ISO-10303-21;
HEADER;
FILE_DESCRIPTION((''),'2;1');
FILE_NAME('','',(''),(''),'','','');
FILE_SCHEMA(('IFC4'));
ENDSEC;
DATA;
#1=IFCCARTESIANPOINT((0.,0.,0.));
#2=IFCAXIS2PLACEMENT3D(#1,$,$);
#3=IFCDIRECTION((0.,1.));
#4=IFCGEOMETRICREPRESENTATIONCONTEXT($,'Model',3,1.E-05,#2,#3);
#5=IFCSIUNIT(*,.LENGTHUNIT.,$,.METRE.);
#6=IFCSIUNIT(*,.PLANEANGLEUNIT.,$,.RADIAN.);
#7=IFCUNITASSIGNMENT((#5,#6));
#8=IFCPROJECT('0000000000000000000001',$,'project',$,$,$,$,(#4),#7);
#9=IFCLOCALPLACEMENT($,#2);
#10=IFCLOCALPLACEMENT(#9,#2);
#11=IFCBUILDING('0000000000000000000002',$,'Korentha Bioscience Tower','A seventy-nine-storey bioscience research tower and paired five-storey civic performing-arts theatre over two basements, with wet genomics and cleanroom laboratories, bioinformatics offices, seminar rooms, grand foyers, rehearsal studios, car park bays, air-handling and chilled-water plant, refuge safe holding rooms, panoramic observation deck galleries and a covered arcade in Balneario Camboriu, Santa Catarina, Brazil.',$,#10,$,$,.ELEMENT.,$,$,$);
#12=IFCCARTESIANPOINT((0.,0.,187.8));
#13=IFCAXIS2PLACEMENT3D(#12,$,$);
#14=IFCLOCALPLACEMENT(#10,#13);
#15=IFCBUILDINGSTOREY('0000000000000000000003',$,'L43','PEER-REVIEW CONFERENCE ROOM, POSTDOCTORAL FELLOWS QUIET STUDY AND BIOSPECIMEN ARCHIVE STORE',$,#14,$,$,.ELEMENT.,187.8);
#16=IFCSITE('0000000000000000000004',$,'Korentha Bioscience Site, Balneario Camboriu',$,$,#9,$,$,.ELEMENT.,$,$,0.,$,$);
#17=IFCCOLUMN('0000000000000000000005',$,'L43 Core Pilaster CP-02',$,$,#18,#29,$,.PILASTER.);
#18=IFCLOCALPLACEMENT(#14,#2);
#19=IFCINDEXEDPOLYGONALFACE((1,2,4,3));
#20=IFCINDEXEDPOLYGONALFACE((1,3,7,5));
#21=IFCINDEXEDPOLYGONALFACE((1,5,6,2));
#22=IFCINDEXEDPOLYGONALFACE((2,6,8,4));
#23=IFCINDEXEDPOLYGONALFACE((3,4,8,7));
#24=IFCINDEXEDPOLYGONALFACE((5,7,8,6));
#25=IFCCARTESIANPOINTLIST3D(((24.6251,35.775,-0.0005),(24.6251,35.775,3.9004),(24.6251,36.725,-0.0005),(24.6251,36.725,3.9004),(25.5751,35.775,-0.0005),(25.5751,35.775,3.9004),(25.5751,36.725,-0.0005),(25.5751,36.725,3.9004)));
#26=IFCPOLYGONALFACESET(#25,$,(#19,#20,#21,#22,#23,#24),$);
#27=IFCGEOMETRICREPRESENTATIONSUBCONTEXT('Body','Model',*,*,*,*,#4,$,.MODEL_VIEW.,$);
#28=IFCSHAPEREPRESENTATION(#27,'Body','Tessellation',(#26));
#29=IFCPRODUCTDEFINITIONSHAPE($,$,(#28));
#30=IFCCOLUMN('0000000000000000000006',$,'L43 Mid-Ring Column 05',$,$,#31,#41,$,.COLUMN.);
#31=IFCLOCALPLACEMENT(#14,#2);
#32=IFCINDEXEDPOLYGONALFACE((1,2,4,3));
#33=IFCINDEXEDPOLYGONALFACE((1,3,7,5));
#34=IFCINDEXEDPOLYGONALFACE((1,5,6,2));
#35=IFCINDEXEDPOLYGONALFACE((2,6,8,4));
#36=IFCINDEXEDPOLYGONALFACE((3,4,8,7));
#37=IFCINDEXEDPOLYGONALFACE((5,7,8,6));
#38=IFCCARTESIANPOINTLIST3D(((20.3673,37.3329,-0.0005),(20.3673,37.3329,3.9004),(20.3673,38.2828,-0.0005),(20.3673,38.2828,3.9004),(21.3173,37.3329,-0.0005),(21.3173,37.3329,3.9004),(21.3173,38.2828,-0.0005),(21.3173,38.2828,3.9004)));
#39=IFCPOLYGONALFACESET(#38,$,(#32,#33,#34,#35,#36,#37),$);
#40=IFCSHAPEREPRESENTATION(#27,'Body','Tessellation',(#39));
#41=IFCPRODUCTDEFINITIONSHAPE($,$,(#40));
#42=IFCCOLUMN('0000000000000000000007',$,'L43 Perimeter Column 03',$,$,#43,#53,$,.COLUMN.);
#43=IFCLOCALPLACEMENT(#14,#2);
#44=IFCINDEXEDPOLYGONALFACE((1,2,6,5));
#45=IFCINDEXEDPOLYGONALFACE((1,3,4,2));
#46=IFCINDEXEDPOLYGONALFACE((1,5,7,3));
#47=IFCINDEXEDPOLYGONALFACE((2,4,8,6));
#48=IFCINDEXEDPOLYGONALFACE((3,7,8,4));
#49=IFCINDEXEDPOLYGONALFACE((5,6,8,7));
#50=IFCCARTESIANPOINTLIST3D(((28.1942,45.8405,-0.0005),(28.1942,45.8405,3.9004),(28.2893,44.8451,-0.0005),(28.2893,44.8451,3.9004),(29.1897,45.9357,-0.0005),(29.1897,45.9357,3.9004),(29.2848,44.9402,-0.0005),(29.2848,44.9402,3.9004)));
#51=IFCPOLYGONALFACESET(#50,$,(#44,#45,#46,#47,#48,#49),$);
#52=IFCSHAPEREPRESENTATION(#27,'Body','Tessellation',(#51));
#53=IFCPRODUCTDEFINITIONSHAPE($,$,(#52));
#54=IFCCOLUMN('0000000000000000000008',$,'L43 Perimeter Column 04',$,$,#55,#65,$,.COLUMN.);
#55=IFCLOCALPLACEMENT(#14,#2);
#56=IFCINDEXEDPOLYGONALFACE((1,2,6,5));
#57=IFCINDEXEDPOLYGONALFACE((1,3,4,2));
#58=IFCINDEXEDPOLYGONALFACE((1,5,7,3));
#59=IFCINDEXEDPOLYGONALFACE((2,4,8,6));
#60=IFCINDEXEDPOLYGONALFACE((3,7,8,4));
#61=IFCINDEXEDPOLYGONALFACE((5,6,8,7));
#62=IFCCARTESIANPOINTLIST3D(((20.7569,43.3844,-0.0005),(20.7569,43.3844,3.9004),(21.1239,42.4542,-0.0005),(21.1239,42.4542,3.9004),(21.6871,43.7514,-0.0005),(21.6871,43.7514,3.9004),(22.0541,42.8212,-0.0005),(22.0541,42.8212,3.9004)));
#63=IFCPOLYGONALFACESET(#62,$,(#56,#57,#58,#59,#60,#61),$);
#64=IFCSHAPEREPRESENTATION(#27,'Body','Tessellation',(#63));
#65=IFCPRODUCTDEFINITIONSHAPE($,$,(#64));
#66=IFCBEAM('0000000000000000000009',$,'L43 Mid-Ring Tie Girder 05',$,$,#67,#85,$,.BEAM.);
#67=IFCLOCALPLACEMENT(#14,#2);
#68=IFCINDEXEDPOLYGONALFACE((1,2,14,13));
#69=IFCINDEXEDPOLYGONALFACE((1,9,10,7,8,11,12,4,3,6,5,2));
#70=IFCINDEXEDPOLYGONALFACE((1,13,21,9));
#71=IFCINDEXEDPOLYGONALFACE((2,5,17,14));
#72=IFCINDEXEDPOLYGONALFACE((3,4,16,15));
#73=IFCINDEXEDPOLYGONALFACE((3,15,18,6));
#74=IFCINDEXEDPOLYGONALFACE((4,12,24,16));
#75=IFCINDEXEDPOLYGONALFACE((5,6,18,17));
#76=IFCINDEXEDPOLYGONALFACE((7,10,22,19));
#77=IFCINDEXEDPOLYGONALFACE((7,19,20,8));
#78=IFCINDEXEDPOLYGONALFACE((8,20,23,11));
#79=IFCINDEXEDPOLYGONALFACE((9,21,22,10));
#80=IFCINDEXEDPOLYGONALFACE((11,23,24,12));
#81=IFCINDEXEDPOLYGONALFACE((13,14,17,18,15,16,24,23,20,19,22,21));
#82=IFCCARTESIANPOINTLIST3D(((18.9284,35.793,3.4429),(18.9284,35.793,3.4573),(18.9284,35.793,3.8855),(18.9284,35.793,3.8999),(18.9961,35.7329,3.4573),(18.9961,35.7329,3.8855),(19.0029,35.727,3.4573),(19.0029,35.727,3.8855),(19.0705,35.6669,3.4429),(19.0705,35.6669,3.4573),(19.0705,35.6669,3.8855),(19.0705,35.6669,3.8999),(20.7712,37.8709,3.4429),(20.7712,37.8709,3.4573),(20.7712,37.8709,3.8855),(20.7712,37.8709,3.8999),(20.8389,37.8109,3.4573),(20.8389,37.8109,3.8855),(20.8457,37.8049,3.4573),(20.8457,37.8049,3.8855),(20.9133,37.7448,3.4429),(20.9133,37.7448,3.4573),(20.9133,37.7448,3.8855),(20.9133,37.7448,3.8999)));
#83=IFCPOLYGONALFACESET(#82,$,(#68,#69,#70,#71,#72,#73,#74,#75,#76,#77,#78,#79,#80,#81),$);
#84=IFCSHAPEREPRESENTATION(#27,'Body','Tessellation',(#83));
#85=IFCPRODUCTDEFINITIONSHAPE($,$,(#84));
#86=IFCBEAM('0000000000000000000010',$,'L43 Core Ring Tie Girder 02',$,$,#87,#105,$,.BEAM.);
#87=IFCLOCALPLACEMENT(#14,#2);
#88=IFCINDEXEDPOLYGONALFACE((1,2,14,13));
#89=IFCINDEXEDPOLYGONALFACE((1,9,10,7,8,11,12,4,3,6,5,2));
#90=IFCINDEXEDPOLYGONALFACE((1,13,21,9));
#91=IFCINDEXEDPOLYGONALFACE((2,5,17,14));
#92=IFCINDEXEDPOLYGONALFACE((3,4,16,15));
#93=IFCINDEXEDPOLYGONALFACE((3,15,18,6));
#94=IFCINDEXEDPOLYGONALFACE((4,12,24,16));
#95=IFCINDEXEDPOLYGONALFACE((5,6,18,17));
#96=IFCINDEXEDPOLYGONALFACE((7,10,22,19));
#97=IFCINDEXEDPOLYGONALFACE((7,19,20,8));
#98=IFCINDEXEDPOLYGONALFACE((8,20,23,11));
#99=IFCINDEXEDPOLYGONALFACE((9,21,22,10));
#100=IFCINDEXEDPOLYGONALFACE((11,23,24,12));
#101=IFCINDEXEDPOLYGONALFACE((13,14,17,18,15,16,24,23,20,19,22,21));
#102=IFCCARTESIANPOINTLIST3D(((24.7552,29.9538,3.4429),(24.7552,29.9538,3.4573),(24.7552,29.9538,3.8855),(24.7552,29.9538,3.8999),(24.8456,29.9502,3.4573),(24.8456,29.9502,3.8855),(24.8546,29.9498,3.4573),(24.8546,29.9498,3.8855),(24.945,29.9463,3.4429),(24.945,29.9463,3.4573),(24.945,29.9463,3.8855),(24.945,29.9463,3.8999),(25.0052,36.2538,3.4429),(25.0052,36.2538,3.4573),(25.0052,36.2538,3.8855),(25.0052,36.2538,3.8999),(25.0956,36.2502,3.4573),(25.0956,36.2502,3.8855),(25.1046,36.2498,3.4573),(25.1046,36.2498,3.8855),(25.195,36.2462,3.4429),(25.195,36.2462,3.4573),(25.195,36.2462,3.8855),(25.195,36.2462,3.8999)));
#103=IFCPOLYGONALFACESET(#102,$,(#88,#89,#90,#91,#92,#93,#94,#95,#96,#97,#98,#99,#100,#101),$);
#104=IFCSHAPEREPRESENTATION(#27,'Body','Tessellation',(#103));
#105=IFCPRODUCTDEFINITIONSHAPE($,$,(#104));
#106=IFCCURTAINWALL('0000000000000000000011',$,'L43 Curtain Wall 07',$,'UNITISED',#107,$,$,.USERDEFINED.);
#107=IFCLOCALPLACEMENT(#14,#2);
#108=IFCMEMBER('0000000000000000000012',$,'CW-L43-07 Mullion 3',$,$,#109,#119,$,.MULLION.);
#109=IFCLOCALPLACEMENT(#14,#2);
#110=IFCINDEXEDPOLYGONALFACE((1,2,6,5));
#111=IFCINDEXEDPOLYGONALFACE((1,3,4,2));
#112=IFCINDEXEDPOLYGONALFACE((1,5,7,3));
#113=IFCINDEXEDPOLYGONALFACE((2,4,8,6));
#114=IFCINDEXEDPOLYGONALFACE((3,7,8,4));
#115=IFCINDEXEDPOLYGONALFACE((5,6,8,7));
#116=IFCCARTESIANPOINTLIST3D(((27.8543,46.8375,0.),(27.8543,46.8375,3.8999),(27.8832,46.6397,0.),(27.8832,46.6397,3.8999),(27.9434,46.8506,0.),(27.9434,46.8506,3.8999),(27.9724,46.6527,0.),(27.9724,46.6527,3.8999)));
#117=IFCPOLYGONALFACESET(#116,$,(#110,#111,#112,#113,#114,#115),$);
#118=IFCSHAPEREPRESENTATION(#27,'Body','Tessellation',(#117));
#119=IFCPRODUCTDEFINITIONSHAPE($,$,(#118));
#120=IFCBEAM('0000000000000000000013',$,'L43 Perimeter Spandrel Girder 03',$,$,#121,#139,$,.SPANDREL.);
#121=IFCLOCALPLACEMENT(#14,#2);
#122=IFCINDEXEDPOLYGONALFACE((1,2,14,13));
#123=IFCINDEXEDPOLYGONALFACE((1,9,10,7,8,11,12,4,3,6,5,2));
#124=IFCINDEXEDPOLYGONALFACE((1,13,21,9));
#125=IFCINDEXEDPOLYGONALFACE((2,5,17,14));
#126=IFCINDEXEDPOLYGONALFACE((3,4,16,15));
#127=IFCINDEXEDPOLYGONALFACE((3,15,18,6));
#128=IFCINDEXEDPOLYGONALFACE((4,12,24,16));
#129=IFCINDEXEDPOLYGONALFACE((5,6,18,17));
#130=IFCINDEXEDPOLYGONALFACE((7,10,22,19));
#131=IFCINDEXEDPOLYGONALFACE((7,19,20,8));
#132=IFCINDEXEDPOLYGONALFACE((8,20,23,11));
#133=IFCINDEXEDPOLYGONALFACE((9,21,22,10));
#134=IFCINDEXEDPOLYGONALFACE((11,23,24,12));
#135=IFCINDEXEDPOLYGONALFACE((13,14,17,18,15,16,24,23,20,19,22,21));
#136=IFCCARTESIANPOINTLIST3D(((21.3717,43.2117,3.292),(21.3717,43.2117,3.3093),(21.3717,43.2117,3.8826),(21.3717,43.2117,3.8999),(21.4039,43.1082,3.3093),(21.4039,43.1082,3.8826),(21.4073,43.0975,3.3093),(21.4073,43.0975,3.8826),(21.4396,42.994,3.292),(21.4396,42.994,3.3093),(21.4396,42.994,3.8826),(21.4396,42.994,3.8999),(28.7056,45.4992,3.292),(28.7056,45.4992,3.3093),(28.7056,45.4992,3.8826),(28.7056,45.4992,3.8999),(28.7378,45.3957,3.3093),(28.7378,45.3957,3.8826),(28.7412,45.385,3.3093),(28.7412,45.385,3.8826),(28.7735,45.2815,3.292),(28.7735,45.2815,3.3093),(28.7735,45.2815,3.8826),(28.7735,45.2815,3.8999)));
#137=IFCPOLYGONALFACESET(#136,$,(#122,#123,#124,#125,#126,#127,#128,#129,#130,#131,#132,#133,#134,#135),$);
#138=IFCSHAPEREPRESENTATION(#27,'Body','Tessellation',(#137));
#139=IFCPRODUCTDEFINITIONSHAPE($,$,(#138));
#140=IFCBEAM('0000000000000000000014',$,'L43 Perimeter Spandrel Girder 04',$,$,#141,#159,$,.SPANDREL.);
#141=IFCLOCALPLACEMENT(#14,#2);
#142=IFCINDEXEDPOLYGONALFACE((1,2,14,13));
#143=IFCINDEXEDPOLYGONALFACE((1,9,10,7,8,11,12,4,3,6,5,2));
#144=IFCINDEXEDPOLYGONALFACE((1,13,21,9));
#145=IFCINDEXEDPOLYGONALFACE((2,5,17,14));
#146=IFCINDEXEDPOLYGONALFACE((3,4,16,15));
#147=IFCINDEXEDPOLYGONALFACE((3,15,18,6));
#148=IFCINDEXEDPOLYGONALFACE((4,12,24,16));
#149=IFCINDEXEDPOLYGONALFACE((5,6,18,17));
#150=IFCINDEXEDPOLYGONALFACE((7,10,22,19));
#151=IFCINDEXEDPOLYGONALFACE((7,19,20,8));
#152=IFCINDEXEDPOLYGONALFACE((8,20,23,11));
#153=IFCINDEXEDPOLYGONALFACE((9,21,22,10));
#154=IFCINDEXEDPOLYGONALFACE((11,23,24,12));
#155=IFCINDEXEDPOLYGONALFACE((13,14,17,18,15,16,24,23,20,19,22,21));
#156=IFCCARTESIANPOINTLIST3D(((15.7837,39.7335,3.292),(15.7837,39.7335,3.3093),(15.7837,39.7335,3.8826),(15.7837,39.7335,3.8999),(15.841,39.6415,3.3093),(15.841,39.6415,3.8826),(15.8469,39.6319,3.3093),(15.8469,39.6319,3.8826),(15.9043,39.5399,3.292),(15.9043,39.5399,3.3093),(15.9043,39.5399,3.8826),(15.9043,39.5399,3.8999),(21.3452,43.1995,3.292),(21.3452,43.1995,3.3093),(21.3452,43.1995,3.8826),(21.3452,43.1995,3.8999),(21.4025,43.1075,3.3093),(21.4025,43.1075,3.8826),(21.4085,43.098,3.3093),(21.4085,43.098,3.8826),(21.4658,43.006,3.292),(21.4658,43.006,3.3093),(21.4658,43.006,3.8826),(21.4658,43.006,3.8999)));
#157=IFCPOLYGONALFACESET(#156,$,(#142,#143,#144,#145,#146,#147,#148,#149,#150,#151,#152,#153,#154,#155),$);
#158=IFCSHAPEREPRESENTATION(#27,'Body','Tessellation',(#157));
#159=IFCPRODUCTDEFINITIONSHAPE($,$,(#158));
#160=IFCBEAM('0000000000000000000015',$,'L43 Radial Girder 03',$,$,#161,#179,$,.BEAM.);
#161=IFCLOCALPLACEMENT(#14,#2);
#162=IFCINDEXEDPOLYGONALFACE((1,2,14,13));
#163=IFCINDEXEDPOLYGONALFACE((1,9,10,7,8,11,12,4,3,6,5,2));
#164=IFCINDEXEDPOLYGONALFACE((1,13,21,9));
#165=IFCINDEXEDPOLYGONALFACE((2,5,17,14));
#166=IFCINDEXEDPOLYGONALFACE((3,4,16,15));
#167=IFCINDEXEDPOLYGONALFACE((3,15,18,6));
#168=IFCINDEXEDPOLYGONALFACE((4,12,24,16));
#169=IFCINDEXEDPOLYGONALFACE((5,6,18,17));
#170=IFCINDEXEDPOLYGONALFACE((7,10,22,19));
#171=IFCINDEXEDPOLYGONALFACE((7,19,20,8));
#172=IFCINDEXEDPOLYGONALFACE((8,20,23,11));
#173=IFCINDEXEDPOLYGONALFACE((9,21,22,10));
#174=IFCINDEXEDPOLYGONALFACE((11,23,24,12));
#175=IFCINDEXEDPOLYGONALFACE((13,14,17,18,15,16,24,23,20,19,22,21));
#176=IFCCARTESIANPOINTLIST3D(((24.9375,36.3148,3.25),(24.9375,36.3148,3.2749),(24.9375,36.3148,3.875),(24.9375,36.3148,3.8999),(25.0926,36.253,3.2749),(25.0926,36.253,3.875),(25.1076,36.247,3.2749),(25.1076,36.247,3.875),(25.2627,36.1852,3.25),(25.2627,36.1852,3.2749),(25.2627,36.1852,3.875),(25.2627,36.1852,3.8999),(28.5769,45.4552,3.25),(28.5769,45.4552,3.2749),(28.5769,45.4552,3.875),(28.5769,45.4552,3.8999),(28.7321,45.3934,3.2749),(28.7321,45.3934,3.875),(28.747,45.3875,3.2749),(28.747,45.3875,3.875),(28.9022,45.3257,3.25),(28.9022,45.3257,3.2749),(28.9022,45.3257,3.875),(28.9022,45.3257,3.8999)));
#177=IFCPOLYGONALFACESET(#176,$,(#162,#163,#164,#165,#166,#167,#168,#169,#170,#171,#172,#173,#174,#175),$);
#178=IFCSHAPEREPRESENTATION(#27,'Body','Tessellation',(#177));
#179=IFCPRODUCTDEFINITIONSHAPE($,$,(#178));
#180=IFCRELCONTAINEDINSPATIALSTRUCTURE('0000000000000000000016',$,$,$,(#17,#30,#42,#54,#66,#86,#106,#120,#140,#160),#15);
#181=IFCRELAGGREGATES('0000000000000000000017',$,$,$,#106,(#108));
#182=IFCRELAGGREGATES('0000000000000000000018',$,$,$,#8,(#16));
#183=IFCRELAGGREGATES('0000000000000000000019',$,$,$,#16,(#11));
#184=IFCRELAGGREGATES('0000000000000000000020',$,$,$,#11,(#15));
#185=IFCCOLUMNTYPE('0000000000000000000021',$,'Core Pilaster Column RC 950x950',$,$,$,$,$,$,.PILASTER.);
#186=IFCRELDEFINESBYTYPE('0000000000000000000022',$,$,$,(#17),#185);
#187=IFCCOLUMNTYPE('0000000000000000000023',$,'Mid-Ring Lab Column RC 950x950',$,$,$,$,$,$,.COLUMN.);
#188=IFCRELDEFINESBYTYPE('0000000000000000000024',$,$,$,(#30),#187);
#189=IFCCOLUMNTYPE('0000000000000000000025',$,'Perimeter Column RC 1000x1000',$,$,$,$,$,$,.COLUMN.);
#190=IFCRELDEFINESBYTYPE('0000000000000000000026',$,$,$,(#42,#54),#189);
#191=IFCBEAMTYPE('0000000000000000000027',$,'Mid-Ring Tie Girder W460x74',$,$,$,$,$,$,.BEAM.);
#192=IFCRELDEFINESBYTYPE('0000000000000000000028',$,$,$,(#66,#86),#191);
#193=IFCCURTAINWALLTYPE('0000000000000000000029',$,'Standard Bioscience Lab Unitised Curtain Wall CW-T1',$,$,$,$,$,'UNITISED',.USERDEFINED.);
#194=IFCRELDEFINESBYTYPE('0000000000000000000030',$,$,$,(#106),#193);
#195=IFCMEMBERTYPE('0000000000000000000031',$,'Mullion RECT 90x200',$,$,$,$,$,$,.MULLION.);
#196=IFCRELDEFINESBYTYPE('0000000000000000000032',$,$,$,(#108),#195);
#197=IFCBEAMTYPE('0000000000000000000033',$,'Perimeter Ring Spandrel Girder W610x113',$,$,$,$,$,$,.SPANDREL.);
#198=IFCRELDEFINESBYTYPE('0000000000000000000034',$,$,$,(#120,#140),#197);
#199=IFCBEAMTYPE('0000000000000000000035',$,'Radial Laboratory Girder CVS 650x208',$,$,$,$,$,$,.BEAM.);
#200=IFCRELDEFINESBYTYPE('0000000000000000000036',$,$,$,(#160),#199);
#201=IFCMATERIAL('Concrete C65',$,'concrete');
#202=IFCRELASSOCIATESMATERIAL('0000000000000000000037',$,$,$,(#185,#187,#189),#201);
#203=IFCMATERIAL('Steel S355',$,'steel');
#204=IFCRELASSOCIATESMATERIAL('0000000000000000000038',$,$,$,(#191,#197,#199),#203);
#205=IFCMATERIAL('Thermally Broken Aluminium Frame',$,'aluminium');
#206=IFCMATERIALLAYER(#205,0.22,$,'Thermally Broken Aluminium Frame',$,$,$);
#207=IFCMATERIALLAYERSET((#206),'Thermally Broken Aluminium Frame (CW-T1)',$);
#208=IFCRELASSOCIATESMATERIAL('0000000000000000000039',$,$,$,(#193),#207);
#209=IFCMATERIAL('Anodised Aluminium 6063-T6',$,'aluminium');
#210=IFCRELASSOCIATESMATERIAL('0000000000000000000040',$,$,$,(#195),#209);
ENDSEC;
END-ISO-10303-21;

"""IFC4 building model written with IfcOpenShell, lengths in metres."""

from ifc_helpers import new_model, si_unit, direction, frame, origin, origin_2d, place, context, subcontext, project, spatial, rectangle, i_section, extrude, material, layer, layer_set, material_profile, profile_set, type_object, element, aggregate, save


model = new_model("IFC4")

# Units and contexts
model_context = context("Model", 3, precision=1e-05, world=origin(), true_north=direction((0.0, 1.0)))
body_context = subcontext(model_context, "Body", "Model", "MODEL_VIEW")
ifc_project = project(units=[si_unit("LENGTHUNIT", "METRE"), si_unit("PLANEANGLEUNIT", "RADIAN")], contexts=[model_context])

# Site, building, storey
site_placement = place(None, origin())
site = spatial("IfcSite", under=ifc_project, at=site_placement, Name="Korentha Bioscience Site, Balneario Camboriu", CompositionType="ELEMENT", RefElevation=0.0)
building_placement = place(site_placement, origin())
building = spatial("IfcBuilding", under=site, at=building_placement, Name="Korentha Bioscience Tower", Description="A seventy-nine-storey bioscience research tower and paired five-storey civic performing-arts theatre over two basements, with wet genomics and cleanroom laboratories, bioinformatics offices, seminar rooms, grand foyers, rehearsal studios, car park bays, air-handling and chilled-water plant, refuge safe holding rooms, panoramic observation deck galleries and a covered arcade in Balneario Camboriu, Santa Catarina, Brazil.", CompositionType="ELEMENT")
storey_placement = place(building_placement, frame((0.0, 0.0, 187.8)))
storey = spatial("IfcBuildingStorey", under=building, at=storey_placement, Name="L43", Description="PEER-REVIEW CONFERENCE ROOM, POSTDOCTORAL FELLOWS QUIET STUDY AND BIOSPECIMEN ARCHIVE STORE", CompositionType="ELEMENT", Elevation=187.8)

# Columns
ifc_material_1 = material(Name="Concrete C65", Category="concrete")
ifc_material_profile_1 = material_profile(ifc_material_1, rectangle(XDim=0.95, YDim=0.95, at=origin_2d()), Name="Concrete C65")
ifc_profile_set_1 = profile_set([ifc_material_profile_1], Name="Concrete C65 (COL-CP09)")
column_type_1 = type_object("IfcColumnType", Name="Core Pilaster Column RC 950x950", PredefinedType="PILASTER", material=ifc_profile_set_1)
column_1_placement = place(storey_placement, frame((25.1001, 36.25, -0.0005), z_axis=(0.0, 0.0, 1.0), x_axis=(1.0, 0.0, 0.0)))
element("IfcColumn", 1, at=column_1_placement, inside=storey, type_object=column_type_1, Name="L43 Core Pilaster CP-02", PredefinedType="PILASTER", context=body_context, shape_type="SweptSolid", body=[
    extrude(rectangle(XDim=0.95, YDim=0.95, at=origin_2d()), origin(), (0.0, 0.0, 1.0), 3.9009),
])
ifc_material_profile_2 = material_profile(ifc_material_1, rectangle(XDim=0.95, YDim=0.95, at=origin_2d()), Name="Concrete C65")
ifc_profile_set_2 = profile_set([ifc_material_profile_2], Name="Concrete C65 (COL-MR09)")
column_type_2 = type_object("IfcColumnType", Name="Mid-Ring Lab Column RC 950x950", PredefinedType="COLUMN", material=ifc_profile_set_2)
column_2_placement = place(storey_placement, frame((20.8423, 37.8079, -0.0005), z_axis=(0.0, 0.0, 1.0), x_axis=(1.0, 0.0, 0.0)))
element("IfcColumn", 2, at=column_2_placement, inside=storey, type_object=column_type_2, Name="L43 Mid-Ring Column 05", PredefinedType="COLUMN", context=body_context, shape_type="SweptSolid", body=[
    extrude(rectangle(XDim=0.95, YDim=0.95, at=origin_2d()), origin(), (0.0, 0.0, 1.0), 3.9009),
])
ifc_material_profile_3 = material_profile(ifc_material_1, rectangle(XDim=1.0, YDim=1.0, at=origin_2d()), Name="Concrete C65")
ifc_profile_set_3 = profile_set([ifc_material_profile_3], Name="Concrete C65 (COL-P10)")
column_type_3 = type_object("IfcColumnType", Name="Perimeter Column RC 1000x1000", PredefinedType="COLUMN", material=ifc_profile_set_3)
for number, where, z_axis, x_axis, name in (
    (3, (28.7395, 45.3904, -0.0005), (0.0, 0.0, 1.0), (0.995463, 0.095151, 0.0), "L43 Perimeter Column 03"),
    (4, (21.4055, 43.1028, -0.0005), (0.0, 0.0, 1.0), (0.930226, 0.366988, 0.0), "L43 Perimeter Column 04"),
):
    element("IfcColumn", number, at=place(storey_placement, frame(where, z_axis=z_axis, x_axis=x_axis)), inside=storey, type_object=column_type_3, Name=name, PredefinedType="COLUMN", context=body_context, shape_type="SweptSolid", body=[
        extrude(rectangle(XDim=1.0, YDim=1.0, at=origin_2d()), origin(), (0.0, 0.0, 1.0), 3.9009),
    ])

# Beams
ifc_material_2 = material(Name="Steel S355", Category="steel")
ifc_material_profile_4 = material_profile(ifc_material_2, i_section(OverallWidth=0.1899, OverallDepth=0.457, WebThickness=0.009, FlangeThickness=0.0144, at=origin_2d()), Name="Steel S355")
ifc_profile_set_4 = profile_set([ifc_material_profile_4], Name="Steel S355 (MB-460)")
beam_type_1 = type_object("IfcBeamType", Name="Mid-Ring Tie Girder W460x74", PredefinedType="BEAM", material=ifc_profile_set_4)
beam_1_placement = place(storey_placement, frame((20.8423, 37.8079, 3.6714), z_axis=(-0.663512, -0.748165, 0.0), x_axis=(0.748165, -0.663512, 0.0)))
element("IfcBeam", 5, at=beam_1_placement, inside=storey, type_object=beam_type_1, Name="L43 Mid-Ring Tie Girder 05", PredefinedType="BEAM", context=body_context, shape_type="SweptSolid", body=[
    extrude(i_section(OverallWidth=0.1899, OverallDepth=0.457, WebThickness=0.009, FlangeThickness=0.0144, at=origin_2d()), origin(), (0.0, 0.0, 1.0), 2.7773),
])
beam_2_placement = place(storey_placement, frame((25.1001, 36.25, 3.6714), z_axis=(-0.039651, -0.999214, 0.0), x_axis=(0.999214, -0.039651, 0.0)))
element("IfcBeam", 6, at=beam_2_placement, inside=storey, type_object=beam_type_1, Name="L43 Core Ring Tie Girder 02", PredefinedType="BEAM", context=body_context, shape_type="SweptSolid", body=[
    extrude(i_section(OverallWidth=0.1899, OverallDepth=0.457, WebThickness=0.009, FlangeThickness=0.0144, at=origin_2d()), origin(), (0.0, 0.0, 1.0), 6.3049),
])

# Curtain wall, member
ifc_material_3 = material(Name="Thermally Broken Aluminium Frame", Category="aluminium")
ifc_layer_1 = layer(ifc_material_3, 0.22, Name="Thermally Broken Aluminium Frame")
ifc_layer_set_1 = layer_set([ifc_layer_1], Name="Thermally Broken Aluminium Frame (CW-T1)")
curtain_wall_type = type_object("IfcCurtainWallType", Name="Standard Bioscience Lab Unitised Curtain Wall CW-T1", ElementType="UNITISED", PredefinedType="USERDEFINED", material=ifc_layer_set_1)
curtain_wall_placement = place(storey_placement, origin())
curtain_wall = element("IfcCurtainWall", 7, at=curtain_wall_placement, inside=storey, type_object=curtain_wall_type, Name="L43 Curtain Wall 07", ObjectType="UNITISED", PredefinedType="USERDEFINED")
ifc_material_4 = material(Name="Anodised Aluminium 6063-T6", Category="aluminium")
ifc_material_profile_5 = material_profile(ifc_material_4, rectangle(XDim=0.0901, YDim=0.2, at=origin_2d()), Name="Anodised Aluminium 6063-T6")
ifc_profile_set_5 = profile_set([ifc_material_profile_5], Name="Anodised Aluminium 6063-T6 (CW-MUL)")
member_type = type_object("IfcMemberType", Name="Mullion RECT 90x200", PredefinedType="MULLION", material=ifc_profile_set_5)
member_placement = place(storey_placement, frame((27.9133, 46.7451, 0.0), z_axis=(0.0, 0.0, 1.0), x_axis=(-0.989462, -0.144793, 0.0)))
member = element("IfcMember", 8, at=member_placement, type_object=member_type, Name="CW-L43-07 Mullion 3", PredefinedType="MULLION", context=body_context, shape_type="SweptSolid", body=[
    extrude(rectangle(XDim=0.0901, YDim=0.2, at=origin_2d()), origin(), (0.0, 0.0, 1.0), 3.8999),
])

# Beams
ifc_material_profile_6 = material_profile(ifc_material_2, i_section(OverallWidth=0.228, OverallDepth=0.6079, WebThickness=0.0112, FlangeThickness=0.0173, at=origin_2d()), Name="Steel S355")
ifc_profile_set_6 = profile_set([ifc_material_profile_6], Name="Steel S355 (SB-610)")
beam_type_2 = type_object("IfcBeamType", Name="Perimeter Ring Spandrel Girder W610x113", PredefinedType="SPANDREL", material=ifc_profile_set_6)
beam_3_placement = place(storey_placement, frame((28.7395, 45.3904, 3.5959), z_axis=(-0.954638, -0.297768, 0.0), x_axis=(0.297768, -0.954638, 0.0)))
element("IfcBeam", 9, at=beam_3_placement, inside=storey, type_object=beam_type_2, Name="L43 Perimeter Spandrel Girder 03", PredefinedType="SPANDREL", context=body_context, shape_type="SweptSolid", body=[
    extrude(i_section(OverallWidth=0.228, OverallDepth=0.6079, WebThickness=0.0112, FlangeThickness=0.0173, at=origin_2d()), origin(), (0.0, 0.0, 1.0), 7.6824),
])
beam_4_placement = place(storey_placement, frame((21.4055, 43.1028, 3.5959), z_axis=(-0.848676, -0.528913, 0.0), x_axis=(0.528913, -0.848676, 0.0)))
element("IfcBeam", 10, at=beam_4_placement, inside=storey, type_object=beam_type_2, Name="L43 Perimeter Spandrel Girder 04", PredefinedType="SPANDREL", context=body_context, shape_type="SweptSolid", body=[
    extrude(i_section(OverallWidth=0.228, OverallDepth=0.6079, WebThickness=0.0112, FlangeThickness=0.0173, at=origin_2d()), origin(), (0.0, 0.0, 1.0), 6.5532),
])
ifc_material_profile_7 = material_profile(ifc_material_2, i_section(OverallWidth=0.3501, OverallDepth=0.6499, WebThickness=0.0161, FlangeThickness=0.0249, at=origin_2d()), Name="Steel S355")
ifc_profile_set_7 = profile_set([ifc_material_profile_7], Name="Steel S355 (RB-650)")
beam_type_3 = type_object("IfcBeamType", Name="Radial Laboratory Girder CVS 650x208", PredefinedType="BEAM", material=ifc_profile_set_7)
beam_5_placement = place(storey_placement, frame((25.1001, 36.25, 3.575), z_axis=(0.369923, 0.929063, 0.0), x_axis=(-0.929063, 0.369923, 0.0)))
element("IfcBeam", 11, at=beam_5_placement, inside=storey, type_object=beam_type_3, Name="L43 Radial Girder 03", PredefinedType="BEAM", context=body_context, shape_type="SweptSolid", body=[
    extrude(i_section(OverallWidth=0.3501, OverallDepth=0.6499, WebThickness=0.0161, FlangeThickness=0.0249, at=origin_2d()), origin(), (0.0, 0.0, 1.0), 9.8384),
])

aggregate(curtain_wall, [member])

save(model, "model.ifc")
